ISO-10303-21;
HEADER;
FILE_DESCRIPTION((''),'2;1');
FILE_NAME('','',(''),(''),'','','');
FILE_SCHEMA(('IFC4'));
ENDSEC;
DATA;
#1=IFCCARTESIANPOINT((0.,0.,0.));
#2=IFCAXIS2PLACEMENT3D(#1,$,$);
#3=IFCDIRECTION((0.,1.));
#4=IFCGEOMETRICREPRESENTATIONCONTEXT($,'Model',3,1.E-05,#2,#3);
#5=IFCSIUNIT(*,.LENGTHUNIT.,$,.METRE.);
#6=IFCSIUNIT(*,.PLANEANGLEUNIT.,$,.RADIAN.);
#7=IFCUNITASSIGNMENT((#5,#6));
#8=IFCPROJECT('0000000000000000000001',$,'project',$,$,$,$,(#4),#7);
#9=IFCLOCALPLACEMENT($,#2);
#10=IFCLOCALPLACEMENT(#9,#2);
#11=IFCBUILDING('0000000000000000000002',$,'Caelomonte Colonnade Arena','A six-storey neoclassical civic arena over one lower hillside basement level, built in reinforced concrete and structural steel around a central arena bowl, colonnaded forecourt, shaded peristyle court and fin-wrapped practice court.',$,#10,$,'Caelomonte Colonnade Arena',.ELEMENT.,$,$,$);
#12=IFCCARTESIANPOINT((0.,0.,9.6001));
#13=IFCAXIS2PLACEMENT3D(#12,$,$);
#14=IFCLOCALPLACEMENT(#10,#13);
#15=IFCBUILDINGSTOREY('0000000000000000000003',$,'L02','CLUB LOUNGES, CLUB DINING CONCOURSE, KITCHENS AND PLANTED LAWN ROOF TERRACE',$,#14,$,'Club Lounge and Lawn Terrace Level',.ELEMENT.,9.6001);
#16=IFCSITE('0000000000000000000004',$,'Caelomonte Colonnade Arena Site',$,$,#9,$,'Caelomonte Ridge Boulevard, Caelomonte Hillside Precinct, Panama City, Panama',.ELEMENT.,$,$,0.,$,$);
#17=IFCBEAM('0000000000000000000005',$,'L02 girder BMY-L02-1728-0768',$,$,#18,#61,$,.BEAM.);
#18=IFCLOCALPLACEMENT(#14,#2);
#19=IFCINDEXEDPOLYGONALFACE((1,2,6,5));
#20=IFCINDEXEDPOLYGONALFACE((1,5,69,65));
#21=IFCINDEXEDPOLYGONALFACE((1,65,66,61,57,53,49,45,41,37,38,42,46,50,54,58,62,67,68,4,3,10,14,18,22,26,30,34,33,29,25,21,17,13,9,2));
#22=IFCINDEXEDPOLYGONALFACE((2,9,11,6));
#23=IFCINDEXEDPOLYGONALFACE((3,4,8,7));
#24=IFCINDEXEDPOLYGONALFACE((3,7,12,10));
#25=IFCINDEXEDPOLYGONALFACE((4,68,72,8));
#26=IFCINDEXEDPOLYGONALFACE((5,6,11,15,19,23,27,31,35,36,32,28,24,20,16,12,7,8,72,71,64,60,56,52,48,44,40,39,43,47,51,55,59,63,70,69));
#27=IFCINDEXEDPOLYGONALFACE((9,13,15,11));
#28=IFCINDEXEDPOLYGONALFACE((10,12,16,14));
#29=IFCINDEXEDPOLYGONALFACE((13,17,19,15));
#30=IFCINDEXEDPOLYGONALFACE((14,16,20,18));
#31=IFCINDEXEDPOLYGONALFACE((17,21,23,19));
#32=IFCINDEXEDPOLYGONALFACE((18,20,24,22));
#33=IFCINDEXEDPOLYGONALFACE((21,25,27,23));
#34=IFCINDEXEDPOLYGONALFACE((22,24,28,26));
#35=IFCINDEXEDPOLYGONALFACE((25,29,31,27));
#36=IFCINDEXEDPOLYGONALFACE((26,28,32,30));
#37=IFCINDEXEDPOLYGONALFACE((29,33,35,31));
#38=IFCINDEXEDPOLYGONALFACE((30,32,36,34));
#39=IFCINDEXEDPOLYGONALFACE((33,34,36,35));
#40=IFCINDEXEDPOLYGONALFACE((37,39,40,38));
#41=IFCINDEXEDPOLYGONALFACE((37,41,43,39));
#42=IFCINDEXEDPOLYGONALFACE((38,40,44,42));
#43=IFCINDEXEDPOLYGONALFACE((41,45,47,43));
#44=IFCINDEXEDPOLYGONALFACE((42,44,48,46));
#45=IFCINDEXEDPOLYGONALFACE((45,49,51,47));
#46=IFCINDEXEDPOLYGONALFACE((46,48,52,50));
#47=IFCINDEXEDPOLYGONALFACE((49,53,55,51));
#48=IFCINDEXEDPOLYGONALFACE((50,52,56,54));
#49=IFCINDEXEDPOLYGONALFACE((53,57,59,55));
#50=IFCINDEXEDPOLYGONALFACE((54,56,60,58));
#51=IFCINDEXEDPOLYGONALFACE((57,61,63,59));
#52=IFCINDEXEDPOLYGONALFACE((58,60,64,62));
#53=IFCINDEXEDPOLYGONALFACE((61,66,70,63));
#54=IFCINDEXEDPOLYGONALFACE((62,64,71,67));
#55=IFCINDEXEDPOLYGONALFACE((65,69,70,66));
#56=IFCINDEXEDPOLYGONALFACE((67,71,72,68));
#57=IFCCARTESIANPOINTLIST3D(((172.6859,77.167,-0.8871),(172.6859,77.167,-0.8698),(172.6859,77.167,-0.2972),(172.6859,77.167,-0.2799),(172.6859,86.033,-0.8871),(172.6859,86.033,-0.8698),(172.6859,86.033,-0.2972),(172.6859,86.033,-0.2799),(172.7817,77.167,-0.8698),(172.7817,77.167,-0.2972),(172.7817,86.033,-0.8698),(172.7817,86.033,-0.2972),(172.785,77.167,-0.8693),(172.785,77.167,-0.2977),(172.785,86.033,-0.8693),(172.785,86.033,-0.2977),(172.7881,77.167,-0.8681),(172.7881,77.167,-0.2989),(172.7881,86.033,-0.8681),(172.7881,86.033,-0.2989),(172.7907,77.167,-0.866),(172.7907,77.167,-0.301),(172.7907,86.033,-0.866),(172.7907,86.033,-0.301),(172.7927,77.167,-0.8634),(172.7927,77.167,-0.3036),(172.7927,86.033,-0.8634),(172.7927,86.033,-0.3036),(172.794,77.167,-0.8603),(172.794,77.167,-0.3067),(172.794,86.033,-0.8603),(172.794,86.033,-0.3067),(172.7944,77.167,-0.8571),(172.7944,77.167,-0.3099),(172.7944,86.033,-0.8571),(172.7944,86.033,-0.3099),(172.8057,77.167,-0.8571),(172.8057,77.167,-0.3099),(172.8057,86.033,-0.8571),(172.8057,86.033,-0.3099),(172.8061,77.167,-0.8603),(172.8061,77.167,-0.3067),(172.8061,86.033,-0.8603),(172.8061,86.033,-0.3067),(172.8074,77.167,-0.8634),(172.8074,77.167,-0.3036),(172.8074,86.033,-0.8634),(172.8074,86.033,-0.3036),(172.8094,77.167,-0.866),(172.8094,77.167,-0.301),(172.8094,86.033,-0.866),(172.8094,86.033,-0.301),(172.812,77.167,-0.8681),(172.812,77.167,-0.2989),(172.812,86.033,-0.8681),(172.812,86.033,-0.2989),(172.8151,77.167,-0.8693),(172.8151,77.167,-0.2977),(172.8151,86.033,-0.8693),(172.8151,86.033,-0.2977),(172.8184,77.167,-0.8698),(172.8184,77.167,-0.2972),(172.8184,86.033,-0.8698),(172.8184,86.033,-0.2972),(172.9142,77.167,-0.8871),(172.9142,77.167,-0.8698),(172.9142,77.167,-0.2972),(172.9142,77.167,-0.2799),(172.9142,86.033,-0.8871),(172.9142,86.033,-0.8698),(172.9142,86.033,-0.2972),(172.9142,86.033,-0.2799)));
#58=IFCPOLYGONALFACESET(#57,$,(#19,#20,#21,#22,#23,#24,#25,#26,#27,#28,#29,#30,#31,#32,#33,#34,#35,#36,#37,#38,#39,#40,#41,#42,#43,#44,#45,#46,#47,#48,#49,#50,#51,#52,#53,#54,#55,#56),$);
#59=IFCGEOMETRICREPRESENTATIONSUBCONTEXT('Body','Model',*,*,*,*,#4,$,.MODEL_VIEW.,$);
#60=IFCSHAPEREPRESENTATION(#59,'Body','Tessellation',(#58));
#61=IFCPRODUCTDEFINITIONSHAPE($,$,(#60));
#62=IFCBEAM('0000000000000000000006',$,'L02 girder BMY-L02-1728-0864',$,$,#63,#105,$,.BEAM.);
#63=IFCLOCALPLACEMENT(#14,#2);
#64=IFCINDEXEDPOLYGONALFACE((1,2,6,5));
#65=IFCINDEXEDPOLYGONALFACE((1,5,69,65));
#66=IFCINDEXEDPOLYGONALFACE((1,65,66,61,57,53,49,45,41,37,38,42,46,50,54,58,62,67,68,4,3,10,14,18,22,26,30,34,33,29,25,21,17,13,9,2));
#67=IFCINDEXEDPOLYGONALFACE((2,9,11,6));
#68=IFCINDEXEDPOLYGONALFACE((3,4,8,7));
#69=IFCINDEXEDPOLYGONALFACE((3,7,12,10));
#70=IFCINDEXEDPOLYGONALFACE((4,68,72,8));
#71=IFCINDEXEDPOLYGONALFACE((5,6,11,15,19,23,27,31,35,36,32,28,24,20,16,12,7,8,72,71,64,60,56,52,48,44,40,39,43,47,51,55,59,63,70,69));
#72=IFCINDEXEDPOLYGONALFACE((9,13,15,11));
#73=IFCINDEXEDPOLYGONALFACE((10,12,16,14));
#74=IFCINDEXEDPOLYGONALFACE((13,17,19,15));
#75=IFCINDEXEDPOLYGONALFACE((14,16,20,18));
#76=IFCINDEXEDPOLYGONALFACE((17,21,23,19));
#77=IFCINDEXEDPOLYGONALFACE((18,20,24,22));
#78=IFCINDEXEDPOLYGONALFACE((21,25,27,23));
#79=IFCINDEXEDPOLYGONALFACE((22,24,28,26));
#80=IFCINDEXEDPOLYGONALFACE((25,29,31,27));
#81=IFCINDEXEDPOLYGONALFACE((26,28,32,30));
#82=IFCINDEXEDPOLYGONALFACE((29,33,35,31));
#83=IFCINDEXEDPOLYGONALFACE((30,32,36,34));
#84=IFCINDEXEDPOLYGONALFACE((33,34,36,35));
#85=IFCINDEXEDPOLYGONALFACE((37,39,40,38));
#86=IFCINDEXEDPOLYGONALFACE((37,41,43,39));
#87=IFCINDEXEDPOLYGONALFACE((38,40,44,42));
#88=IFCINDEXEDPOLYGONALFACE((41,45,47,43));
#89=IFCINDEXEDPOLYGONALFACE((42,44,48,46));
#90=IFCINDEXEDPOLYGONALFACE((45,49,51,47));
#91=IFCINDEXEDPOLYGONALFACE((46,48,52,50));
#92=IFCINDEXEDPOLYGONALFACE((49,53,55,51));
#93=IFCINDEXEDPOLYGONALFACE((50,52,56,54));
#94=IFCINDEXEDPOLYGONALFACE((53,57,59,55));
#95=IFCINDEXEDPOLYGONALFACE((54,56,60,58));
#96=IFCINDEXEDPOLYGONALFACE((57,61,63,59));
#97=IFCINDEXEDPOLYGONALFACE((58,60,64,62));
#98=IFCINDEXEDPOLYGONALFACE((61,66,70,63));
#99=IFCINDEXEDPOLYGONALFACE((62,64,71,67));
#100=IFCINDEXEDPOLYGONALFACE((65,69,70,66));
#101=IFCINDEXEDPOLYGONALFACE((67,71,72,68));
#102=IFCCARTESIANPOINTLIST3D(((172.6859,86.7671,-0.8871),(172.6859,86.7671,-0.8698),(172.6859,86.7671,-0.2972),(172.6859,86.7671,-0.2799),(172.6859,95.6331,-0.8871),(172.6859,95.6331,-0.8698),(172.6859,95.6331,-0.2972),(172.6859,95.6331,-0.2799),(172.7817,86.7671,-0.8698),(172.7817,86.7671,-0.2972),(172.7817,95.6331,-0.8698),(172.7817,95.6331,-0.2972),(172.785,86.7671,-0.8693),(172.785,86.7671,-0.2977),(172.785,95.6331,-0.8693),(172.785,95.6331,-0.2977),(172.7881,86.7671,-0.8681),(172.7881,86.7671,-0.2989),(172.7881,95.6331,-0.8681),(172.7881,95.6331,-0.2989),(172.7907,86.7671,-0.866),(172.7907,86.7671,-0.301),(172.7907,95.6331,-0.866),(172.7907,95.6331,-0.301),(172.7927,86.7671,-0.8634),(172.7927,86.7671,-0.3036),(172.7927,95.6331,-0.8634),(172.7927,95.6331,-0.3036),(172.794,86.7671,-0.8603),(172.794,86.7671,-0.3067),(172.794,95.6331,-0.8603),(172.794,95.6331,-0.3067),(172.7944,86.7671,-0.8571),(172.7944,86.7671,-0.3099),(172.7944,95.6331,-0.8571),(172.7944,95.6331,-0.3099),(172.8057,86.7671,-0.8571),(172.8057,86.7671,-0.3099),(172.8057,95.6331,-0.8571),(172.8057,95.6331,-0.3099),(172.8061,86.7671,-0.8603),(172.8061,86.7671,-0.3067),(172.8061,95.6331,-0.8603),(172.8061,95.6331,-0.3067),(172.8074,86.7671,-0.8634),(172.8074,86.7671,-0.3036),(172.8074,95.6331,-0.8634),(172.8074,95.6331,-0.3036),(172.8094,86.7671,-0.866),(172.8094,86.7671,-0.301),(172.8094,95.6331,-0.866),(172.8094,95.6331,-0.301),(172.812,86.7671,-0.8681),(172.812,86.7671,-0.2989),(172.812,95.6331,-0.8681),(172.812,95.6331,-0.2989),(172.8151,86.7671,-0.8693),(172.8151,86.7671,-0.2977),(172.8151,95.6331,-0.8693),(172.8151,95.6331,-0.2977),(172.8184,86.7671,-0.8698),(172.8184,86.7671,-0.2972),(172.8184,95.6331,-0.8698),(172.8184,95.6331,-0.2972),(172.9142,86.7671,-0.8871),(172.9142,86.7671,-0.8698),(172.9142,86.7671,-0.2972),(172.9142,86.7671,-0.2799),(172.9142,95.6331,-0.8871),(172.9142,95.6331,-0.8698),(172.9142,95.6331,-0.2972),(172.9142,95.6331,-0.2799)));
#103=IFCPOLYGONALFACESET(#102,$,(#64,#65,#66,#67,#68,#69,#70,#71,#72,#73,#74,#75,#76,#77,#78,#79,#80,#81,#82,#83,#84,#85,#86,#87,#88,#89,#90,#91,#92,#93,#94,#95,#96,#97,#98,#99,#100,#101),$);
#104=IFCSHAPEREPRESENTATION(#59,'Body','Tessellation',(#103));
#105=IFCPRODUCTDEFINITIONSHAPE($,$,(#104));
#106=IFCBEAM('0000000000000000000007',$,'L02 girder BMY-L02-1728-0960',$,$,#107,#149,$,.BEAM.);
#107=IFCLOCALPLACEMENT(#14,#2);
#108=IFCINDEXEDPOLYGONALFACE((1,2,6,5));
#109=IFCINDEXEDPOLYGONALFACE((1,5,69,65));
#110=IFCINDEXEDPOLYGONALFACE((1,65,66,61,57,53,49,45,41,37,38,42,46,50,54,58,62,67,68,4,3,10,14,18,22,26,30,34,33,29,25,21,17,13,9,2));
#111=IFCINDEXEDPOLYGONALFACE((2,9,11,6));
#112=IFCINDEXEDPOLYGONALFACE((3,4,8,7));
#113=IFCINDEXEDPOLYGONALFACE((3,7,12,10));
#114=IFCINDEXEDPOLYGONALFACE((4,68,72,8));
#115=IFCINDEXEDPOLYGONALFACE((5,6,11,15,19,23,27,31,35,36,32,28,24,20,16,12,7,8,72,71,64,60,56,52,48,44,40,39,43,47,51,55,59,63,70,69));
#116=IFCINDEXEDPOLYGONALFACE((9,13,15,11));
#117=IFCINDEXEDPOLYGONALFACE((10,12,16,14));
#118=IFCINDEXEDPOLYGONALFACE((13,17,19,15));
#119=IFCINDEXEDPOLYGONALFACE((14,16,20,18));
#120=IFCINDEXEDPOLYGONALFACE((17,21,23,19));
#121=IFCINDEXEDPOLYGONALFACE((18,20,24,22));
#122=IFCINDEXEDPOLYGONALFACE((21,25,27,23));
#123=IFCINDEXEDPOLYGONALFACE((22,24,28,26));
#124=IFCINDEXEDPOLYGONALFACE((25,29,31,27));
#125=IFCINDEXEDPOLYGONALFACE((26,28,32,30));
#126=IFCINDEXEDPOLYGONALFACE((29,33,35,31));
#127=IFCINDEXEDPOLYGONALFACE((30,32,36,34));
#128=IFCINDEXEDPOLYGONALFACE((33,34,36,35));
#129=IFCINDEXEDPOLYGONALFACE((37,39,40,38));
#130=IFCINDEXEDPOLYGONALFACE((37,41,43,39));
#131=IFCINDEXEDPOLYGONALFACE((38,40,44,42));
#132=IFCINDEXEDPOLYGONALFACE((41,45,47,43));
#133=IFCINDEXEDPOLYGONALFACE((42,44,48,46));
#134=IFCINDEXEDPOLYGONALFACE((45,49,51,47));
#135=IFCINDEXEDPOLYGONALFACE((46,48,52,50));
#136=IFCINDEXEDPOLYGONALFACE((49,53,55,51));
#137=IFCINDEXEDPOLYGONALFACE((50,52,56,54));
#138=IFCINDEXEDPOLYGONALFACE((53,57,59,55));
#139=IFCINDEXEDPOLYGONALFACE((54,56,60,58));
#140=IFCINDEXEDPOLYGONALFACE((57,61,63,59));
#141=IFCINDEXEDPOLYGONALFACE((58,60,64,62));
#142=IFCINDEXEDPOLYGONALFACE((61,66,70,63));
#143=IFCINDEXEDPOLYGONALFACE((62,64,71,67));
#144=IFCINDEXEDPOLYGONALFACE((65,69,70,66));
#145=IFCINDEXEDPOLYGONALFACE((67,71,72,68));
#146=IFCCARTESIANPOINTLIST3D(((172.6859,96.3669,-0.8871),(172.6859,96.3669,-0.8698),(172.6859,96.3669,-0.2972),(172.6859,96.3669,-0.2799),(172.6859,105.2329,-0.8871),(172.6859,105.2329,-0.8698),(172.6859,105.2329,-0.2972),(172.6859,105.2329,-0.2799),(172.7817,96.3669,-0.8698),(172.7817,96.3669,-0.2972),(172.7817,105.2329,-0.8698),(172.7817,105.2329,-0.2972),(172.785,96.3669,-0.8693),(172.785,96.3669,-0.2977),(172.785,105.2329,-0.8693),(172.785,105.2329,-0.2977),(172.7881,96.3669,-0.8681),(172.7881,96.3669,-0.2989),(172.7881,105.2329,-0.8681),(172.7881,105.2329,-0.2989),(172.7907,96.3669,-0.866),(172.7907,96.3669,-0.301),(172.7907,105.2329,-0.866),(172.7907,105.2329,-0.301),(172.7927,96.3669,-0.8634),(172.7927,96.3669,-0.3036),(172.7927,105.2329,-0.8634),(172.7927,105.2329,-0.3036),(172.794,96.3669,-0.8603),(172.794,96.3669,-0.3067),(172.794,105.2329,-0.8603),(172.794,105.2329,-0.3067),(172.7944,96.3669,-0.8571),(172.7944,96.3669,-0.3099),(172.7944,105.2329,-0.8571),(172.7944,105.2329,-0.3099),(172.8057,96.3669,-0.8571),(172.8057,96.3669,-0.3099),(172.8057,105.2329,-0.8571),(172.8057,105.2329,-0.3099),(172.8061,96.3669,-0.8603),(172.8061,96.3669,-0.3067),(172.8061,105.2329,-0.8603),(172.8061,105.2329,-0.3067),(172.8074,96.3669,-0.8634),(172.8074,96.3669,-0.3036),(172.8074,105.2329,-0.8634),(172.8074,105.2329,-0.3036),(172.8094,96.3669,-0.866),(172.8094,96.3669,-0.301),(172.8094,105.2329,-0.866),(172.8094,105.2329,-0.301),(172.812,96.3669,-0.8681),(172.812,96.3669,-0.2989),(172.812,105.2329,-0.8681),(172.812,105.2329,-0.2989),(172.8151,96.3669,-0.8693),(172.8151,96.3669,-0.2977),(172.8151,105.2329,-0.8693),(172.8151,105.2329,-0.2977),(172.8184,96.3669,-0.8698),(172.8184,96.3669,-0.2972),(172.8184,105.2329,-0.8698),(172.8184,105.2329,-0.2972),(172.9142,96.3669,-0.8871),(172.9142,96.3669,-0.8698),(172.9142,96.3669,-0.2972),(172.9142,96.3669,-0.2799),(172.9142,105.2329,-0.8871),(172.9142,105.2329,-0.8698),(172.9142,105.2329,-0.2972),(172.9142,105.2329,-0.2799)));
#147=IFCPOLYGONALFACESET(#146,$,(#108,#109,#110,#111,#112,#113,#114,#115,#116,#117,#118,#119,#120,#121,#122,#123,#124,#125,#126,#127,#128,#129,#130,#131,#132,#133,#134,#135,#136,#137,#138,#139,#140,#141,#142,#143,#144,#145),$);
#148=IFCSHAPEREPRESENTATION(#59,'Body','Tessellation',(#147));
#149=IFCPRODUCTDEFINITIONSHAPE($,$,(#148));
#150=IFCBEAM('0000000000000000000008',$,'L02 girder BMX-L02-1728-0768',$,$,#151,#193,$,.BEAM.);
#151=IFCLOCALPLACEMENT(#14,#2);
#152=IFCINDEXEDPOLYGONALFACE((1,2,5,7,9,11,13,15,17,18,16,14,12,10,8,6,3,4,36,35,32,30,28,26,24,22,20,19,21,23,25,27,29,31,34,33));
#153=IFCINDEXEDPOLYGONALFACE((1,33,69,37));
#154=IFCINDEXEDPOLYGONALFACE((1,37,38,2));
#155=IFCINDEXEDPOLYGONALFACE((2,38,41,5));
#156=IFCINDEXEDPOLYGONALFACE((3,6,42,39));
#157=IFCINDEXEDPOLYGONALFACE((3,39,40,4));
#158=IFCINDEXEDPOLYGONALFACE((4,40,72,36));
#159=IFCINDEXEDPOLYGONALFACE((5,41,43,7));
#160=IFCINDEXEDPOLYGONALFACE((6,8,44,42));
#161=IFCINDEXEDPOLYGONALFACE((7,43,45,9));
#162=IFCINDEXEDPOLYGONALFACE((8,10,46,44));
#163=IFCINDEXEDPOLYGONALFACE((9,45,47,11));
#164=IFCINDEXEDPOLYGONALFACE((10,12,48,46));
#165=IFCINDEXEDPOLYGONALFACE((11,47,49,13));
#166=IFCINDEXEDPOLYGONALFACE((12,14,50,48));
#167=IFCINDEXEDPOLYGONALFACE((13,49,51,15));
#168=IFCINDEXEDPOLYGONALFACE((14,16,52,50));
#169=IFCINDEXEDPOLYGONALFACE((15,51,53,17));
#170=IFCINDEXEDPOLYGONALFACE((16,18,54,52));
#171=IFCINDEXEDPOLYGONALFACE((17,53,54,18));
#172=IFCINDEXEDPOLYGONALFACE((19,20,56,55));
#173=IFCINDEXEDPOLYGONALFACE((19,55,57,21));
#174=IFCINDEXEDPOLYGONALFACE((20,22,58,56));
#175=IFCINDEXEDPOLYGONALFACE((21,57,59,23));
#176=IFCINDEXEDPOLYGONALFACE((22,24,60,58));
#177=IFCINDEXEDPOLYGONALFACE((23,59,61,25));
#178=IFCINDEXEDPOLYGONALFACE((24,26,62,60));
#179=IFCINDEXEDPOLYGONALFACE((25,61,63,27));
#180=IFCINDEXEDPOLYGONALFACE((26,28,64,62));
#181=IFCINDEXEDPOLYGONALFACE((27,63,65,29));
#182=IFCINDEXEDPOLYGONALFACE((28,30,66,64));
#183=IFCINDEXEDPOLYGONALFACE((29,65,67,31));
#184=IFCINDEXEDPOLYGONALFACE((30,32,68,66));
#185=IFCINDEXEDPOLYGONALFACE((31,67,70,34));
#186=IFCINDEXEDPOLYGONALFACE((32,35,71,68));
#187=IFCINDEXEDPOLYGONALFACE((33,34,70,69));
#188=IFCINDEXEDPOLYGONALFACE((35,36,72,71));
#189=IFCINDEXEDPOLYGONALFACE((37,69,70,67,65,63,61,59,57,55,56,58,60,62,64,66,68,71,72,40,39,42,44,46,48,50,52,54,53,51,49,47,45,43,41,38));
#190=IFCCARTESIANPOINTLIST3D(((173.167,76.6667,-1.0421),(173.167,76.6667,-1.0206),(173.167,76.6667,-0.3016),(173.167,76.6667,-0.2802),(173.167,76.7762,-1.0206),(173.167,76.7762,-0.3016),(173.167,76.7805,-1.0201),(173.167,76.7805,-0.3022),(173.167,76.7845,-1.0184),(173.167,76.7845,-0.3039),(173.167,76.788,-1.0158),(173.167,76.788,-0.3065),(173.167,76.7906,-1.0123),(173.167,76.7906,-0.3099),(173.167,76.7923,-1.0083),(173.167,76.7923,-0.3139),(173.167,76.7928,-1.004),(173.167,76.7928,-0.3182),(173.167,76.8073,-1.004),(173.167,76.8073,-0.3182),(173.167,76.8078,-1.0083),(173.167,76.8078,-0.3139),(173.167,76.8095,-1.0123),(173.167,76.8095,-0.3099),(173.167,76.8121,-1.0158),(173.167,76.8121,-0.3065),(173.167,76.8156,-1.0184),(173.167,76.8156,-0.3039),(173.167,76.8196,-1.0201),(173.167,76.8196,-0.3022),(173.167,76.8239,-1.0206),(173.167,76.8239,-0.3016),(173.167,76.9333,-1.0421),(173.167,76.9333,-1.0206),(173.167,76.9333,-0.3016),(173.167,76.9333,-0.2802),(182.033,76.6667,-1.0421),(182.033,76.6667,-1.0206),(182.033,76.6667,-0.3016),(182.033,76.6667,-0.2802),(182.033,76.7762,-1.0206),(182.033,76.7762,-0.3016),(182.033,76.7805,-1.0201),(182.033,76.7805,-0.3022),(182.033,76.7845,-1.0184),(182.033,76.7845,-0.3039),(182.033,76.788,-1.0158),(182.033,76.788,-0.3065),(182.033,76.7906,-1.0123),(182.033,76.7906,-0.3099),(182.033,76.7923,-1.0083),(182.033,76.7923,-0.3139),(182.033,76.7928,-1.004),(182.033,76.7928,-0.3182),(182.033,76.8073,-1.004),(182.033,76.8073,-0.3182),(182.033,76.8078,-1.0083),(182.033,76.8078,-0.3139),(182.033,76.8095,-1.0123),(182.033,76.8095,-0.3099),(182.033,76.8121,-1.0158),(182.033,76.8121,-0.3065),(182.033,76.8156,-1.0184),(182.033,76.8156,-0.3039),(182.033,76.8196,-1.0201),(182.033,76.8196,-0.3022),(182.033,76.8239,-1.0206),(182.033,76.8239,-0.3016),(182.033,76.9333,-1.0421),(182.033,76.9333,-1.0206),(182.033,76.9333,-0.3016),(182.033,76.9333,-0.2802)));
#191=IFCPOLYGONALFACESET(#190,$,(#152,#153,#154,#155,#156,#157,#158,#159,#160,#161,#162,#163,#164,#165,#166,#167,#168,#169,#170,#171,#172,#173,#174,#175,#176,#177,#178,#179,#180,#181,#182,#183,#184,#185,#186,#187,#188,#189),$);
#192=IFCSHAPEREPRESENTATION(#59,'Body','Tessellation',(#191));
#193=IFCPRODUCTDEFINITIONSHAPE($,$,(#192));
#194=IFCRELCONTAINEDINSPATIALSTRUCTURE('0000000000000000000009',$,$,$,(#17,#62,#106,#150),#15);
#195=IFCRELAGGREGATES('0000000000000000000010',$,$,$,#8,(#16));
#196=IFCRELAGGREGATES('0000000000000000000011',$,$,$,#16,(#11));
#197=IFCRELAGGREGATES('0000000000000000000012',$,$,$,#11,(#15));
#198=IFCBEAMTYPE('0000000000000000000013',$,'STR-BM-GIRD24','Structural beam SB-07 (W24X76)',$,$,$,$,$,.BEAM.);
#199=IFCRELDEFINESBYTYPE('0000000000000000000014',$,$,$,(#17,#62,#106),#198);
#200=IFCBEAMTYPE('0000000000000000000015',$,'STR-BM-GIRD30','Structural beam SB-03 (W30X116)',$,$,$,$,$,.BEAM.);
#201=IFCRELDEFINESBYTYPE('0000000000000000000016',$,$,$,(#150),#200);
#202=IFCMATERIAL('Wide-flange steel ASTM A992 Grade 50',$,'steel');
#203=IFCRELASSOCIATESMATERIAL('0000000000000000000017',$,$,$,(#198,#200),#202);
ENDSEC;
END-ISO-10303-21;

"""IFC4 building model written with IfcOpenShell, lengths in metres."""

from ifc_helpers import new_model, si_unit, direction, frame, origin, origin_2d, place, context, subcontext, project, spatial, i_section, extrude, material, material_profile, profile_set, type_object, element, save


model = new_model("IFC4")

# Units and contexts
model_context = context("Model", 3, precision=1e-05, world=origin(), true_north=direction((0.0, 1.0)))
body_context = subcontext(model_context, "Body", "Model", "MODEL_VIEW")
ifc_project = project(units=[si_unit("LENGTHUNIT", "METRE"), si_unit("PLANEANGLEUNIT", "RADIAN")], contexts=[model_context])

# Site, building, storey
site_placement = place(None, origin())
site = spatial("IfcSite", under=ifc_project, at=site_placement, Name="Caelomonte Colonnade Arena Site", LongName="Caelomonte Ridge Boulevard, Caelomonte Hillside Precinct, Panama City, Panama", CompositionType="ELEMENT", RefElevation=0.0)
building_placement = place(site_placement, origin())
building = spatial("IfcBuilding", under=site, at=building_placement, Name="Caelomonte Colonnade Arena", Description="A six-storey neoclassical civic arena over one lower hillside basement level, built in reinforced concrete and structural steel around a central arena bowl, colonnaded forecourt, shaded peristyle court and fin-wrapped practice court.", LongName="Caelomonte Colonnade Arena", CompositionType="ELEMENT")
storey_placement = place(building_placement, frame((0.0, 0.0, 9.6001)))
storey = spatial("IfcBuildingStorey", under=building, at=storey_placement, Name="L02", Description="CLUB LOUNGES, CLUB DINING CONCOURSE, KITCHENS AND PLANTED LAWN ROOF TERRACE", LongName="Club Lounge and Lawn Terrace Level", CompositionType="ELEMENT", Elevation=9.6001)

# Beams
ifc_material_1 = material(Name="Wide-flange steel ASTM A992 Grade 50", Category="steel")
ifc_material_profile_1 = material_profile(ifc_material_1, i_section(OverallWidth=0.2283, OverallDepth=0.6072, WebThickness=0.0112, FlangeThickness=0.0173, FilletRadius=0.0127, at=origin_2d()), Name="W24X76")
ifc_profile_set_1 = profile_set([ifc_material_profile_1], Name="Wide-flange steel ASTM A992 Grade 50")
beam_type_1 = type_object("IfcBeamType", Name="STR-BM-GIRD24", Description="Structural beam SB-07 (W24X76)", PredefinedType="BEAM", material=ifc_profile_set_1)
for number, where, z_axis, x_axis, name in (
    (1, (172.8, 77.167, -0.5835), (0.0, 1.0, 0.0), (-1.0, 0.0, 0.0), "L02 girder BMY-L02-1728-0768"),
    (2, (172.8, 86.7671, -0.5835), (0.0, 1.0, 0.0), (-1.0, 0.0, 0.0), "L02 girder BMY-L02-1728-0864"),
    (3, (172.8, 96.3669, -0.5835), (0.0, 1.0, 0.0), (-1.0, 0.0, 0.0), "L02 girder BMY-L02-1728-0960"),
):
    element("IfcBeam", number, at=place(storey_placement, frame(where, z_axis=z_axis, x_axis=x_axis)), inside=storey, type_object=beam_type_1, Name=name, PredefinedType="BEAM", context=body_context, shape_type="SweptSolid", body=[
        extrude(i_section(OverallWidth=0.2283, OverallDepth=0.6072, WebThickness=0.0112, FlangeThickness=0.0173, FilletRadius=0.0127, at=origin_2d()), origin(), (0.0, 0.0, 1.0), 8.866),
    ])
ifc_material_profile_2 = material_profile(ifc_material_1, i_section(OverallWidth=0.2666, OverallDepth=0.762, WebThickness=0.0144, FlangeThickness=0.0215, FilletRadius=0.0166, at=origin_2d()), Name="W30X116")
ifc_profile_set_2 = profile_set([ifc_material_profile_2], Name="Wide-flange steel ASTM A992 Grade 50")
beam_type_2 = type_object("IfcBeamType", Name="STR-BM-GIRD30", Description="Structural beam SB-03 (W30X116)", PredefinedType="BEAM", material=ifc_profile_set_2)
for number, where, z_axis, x_axis, name in (
    (4, (173.167, 76.8, -0.6611), (1.0, 0.0, 0.0), (0.0, 1.0, 0.0), "L02 girder BMX-L02-1728-0768"),
):
    element("IfcBeam", number, at=place(storey_placement, frame(where, z_axis=z_axis, x_axis=x_axis)), inside=storey, type_object=beam_type_2, Name=name, PredefinedType="BEAM", context=body_context, shape_type="SweptSolid", body=[
        extrude(i_section(OverallWidth=0.2666, OverallDepth=0.762, WebThickness=0.0144, FlangeThickness=0.0215, FilletRadius=0.0166, at=origin_2d()), origin(), (0.0, 0.0, 1.0), 8.866),
    ])

save(model, "model.ifc")
